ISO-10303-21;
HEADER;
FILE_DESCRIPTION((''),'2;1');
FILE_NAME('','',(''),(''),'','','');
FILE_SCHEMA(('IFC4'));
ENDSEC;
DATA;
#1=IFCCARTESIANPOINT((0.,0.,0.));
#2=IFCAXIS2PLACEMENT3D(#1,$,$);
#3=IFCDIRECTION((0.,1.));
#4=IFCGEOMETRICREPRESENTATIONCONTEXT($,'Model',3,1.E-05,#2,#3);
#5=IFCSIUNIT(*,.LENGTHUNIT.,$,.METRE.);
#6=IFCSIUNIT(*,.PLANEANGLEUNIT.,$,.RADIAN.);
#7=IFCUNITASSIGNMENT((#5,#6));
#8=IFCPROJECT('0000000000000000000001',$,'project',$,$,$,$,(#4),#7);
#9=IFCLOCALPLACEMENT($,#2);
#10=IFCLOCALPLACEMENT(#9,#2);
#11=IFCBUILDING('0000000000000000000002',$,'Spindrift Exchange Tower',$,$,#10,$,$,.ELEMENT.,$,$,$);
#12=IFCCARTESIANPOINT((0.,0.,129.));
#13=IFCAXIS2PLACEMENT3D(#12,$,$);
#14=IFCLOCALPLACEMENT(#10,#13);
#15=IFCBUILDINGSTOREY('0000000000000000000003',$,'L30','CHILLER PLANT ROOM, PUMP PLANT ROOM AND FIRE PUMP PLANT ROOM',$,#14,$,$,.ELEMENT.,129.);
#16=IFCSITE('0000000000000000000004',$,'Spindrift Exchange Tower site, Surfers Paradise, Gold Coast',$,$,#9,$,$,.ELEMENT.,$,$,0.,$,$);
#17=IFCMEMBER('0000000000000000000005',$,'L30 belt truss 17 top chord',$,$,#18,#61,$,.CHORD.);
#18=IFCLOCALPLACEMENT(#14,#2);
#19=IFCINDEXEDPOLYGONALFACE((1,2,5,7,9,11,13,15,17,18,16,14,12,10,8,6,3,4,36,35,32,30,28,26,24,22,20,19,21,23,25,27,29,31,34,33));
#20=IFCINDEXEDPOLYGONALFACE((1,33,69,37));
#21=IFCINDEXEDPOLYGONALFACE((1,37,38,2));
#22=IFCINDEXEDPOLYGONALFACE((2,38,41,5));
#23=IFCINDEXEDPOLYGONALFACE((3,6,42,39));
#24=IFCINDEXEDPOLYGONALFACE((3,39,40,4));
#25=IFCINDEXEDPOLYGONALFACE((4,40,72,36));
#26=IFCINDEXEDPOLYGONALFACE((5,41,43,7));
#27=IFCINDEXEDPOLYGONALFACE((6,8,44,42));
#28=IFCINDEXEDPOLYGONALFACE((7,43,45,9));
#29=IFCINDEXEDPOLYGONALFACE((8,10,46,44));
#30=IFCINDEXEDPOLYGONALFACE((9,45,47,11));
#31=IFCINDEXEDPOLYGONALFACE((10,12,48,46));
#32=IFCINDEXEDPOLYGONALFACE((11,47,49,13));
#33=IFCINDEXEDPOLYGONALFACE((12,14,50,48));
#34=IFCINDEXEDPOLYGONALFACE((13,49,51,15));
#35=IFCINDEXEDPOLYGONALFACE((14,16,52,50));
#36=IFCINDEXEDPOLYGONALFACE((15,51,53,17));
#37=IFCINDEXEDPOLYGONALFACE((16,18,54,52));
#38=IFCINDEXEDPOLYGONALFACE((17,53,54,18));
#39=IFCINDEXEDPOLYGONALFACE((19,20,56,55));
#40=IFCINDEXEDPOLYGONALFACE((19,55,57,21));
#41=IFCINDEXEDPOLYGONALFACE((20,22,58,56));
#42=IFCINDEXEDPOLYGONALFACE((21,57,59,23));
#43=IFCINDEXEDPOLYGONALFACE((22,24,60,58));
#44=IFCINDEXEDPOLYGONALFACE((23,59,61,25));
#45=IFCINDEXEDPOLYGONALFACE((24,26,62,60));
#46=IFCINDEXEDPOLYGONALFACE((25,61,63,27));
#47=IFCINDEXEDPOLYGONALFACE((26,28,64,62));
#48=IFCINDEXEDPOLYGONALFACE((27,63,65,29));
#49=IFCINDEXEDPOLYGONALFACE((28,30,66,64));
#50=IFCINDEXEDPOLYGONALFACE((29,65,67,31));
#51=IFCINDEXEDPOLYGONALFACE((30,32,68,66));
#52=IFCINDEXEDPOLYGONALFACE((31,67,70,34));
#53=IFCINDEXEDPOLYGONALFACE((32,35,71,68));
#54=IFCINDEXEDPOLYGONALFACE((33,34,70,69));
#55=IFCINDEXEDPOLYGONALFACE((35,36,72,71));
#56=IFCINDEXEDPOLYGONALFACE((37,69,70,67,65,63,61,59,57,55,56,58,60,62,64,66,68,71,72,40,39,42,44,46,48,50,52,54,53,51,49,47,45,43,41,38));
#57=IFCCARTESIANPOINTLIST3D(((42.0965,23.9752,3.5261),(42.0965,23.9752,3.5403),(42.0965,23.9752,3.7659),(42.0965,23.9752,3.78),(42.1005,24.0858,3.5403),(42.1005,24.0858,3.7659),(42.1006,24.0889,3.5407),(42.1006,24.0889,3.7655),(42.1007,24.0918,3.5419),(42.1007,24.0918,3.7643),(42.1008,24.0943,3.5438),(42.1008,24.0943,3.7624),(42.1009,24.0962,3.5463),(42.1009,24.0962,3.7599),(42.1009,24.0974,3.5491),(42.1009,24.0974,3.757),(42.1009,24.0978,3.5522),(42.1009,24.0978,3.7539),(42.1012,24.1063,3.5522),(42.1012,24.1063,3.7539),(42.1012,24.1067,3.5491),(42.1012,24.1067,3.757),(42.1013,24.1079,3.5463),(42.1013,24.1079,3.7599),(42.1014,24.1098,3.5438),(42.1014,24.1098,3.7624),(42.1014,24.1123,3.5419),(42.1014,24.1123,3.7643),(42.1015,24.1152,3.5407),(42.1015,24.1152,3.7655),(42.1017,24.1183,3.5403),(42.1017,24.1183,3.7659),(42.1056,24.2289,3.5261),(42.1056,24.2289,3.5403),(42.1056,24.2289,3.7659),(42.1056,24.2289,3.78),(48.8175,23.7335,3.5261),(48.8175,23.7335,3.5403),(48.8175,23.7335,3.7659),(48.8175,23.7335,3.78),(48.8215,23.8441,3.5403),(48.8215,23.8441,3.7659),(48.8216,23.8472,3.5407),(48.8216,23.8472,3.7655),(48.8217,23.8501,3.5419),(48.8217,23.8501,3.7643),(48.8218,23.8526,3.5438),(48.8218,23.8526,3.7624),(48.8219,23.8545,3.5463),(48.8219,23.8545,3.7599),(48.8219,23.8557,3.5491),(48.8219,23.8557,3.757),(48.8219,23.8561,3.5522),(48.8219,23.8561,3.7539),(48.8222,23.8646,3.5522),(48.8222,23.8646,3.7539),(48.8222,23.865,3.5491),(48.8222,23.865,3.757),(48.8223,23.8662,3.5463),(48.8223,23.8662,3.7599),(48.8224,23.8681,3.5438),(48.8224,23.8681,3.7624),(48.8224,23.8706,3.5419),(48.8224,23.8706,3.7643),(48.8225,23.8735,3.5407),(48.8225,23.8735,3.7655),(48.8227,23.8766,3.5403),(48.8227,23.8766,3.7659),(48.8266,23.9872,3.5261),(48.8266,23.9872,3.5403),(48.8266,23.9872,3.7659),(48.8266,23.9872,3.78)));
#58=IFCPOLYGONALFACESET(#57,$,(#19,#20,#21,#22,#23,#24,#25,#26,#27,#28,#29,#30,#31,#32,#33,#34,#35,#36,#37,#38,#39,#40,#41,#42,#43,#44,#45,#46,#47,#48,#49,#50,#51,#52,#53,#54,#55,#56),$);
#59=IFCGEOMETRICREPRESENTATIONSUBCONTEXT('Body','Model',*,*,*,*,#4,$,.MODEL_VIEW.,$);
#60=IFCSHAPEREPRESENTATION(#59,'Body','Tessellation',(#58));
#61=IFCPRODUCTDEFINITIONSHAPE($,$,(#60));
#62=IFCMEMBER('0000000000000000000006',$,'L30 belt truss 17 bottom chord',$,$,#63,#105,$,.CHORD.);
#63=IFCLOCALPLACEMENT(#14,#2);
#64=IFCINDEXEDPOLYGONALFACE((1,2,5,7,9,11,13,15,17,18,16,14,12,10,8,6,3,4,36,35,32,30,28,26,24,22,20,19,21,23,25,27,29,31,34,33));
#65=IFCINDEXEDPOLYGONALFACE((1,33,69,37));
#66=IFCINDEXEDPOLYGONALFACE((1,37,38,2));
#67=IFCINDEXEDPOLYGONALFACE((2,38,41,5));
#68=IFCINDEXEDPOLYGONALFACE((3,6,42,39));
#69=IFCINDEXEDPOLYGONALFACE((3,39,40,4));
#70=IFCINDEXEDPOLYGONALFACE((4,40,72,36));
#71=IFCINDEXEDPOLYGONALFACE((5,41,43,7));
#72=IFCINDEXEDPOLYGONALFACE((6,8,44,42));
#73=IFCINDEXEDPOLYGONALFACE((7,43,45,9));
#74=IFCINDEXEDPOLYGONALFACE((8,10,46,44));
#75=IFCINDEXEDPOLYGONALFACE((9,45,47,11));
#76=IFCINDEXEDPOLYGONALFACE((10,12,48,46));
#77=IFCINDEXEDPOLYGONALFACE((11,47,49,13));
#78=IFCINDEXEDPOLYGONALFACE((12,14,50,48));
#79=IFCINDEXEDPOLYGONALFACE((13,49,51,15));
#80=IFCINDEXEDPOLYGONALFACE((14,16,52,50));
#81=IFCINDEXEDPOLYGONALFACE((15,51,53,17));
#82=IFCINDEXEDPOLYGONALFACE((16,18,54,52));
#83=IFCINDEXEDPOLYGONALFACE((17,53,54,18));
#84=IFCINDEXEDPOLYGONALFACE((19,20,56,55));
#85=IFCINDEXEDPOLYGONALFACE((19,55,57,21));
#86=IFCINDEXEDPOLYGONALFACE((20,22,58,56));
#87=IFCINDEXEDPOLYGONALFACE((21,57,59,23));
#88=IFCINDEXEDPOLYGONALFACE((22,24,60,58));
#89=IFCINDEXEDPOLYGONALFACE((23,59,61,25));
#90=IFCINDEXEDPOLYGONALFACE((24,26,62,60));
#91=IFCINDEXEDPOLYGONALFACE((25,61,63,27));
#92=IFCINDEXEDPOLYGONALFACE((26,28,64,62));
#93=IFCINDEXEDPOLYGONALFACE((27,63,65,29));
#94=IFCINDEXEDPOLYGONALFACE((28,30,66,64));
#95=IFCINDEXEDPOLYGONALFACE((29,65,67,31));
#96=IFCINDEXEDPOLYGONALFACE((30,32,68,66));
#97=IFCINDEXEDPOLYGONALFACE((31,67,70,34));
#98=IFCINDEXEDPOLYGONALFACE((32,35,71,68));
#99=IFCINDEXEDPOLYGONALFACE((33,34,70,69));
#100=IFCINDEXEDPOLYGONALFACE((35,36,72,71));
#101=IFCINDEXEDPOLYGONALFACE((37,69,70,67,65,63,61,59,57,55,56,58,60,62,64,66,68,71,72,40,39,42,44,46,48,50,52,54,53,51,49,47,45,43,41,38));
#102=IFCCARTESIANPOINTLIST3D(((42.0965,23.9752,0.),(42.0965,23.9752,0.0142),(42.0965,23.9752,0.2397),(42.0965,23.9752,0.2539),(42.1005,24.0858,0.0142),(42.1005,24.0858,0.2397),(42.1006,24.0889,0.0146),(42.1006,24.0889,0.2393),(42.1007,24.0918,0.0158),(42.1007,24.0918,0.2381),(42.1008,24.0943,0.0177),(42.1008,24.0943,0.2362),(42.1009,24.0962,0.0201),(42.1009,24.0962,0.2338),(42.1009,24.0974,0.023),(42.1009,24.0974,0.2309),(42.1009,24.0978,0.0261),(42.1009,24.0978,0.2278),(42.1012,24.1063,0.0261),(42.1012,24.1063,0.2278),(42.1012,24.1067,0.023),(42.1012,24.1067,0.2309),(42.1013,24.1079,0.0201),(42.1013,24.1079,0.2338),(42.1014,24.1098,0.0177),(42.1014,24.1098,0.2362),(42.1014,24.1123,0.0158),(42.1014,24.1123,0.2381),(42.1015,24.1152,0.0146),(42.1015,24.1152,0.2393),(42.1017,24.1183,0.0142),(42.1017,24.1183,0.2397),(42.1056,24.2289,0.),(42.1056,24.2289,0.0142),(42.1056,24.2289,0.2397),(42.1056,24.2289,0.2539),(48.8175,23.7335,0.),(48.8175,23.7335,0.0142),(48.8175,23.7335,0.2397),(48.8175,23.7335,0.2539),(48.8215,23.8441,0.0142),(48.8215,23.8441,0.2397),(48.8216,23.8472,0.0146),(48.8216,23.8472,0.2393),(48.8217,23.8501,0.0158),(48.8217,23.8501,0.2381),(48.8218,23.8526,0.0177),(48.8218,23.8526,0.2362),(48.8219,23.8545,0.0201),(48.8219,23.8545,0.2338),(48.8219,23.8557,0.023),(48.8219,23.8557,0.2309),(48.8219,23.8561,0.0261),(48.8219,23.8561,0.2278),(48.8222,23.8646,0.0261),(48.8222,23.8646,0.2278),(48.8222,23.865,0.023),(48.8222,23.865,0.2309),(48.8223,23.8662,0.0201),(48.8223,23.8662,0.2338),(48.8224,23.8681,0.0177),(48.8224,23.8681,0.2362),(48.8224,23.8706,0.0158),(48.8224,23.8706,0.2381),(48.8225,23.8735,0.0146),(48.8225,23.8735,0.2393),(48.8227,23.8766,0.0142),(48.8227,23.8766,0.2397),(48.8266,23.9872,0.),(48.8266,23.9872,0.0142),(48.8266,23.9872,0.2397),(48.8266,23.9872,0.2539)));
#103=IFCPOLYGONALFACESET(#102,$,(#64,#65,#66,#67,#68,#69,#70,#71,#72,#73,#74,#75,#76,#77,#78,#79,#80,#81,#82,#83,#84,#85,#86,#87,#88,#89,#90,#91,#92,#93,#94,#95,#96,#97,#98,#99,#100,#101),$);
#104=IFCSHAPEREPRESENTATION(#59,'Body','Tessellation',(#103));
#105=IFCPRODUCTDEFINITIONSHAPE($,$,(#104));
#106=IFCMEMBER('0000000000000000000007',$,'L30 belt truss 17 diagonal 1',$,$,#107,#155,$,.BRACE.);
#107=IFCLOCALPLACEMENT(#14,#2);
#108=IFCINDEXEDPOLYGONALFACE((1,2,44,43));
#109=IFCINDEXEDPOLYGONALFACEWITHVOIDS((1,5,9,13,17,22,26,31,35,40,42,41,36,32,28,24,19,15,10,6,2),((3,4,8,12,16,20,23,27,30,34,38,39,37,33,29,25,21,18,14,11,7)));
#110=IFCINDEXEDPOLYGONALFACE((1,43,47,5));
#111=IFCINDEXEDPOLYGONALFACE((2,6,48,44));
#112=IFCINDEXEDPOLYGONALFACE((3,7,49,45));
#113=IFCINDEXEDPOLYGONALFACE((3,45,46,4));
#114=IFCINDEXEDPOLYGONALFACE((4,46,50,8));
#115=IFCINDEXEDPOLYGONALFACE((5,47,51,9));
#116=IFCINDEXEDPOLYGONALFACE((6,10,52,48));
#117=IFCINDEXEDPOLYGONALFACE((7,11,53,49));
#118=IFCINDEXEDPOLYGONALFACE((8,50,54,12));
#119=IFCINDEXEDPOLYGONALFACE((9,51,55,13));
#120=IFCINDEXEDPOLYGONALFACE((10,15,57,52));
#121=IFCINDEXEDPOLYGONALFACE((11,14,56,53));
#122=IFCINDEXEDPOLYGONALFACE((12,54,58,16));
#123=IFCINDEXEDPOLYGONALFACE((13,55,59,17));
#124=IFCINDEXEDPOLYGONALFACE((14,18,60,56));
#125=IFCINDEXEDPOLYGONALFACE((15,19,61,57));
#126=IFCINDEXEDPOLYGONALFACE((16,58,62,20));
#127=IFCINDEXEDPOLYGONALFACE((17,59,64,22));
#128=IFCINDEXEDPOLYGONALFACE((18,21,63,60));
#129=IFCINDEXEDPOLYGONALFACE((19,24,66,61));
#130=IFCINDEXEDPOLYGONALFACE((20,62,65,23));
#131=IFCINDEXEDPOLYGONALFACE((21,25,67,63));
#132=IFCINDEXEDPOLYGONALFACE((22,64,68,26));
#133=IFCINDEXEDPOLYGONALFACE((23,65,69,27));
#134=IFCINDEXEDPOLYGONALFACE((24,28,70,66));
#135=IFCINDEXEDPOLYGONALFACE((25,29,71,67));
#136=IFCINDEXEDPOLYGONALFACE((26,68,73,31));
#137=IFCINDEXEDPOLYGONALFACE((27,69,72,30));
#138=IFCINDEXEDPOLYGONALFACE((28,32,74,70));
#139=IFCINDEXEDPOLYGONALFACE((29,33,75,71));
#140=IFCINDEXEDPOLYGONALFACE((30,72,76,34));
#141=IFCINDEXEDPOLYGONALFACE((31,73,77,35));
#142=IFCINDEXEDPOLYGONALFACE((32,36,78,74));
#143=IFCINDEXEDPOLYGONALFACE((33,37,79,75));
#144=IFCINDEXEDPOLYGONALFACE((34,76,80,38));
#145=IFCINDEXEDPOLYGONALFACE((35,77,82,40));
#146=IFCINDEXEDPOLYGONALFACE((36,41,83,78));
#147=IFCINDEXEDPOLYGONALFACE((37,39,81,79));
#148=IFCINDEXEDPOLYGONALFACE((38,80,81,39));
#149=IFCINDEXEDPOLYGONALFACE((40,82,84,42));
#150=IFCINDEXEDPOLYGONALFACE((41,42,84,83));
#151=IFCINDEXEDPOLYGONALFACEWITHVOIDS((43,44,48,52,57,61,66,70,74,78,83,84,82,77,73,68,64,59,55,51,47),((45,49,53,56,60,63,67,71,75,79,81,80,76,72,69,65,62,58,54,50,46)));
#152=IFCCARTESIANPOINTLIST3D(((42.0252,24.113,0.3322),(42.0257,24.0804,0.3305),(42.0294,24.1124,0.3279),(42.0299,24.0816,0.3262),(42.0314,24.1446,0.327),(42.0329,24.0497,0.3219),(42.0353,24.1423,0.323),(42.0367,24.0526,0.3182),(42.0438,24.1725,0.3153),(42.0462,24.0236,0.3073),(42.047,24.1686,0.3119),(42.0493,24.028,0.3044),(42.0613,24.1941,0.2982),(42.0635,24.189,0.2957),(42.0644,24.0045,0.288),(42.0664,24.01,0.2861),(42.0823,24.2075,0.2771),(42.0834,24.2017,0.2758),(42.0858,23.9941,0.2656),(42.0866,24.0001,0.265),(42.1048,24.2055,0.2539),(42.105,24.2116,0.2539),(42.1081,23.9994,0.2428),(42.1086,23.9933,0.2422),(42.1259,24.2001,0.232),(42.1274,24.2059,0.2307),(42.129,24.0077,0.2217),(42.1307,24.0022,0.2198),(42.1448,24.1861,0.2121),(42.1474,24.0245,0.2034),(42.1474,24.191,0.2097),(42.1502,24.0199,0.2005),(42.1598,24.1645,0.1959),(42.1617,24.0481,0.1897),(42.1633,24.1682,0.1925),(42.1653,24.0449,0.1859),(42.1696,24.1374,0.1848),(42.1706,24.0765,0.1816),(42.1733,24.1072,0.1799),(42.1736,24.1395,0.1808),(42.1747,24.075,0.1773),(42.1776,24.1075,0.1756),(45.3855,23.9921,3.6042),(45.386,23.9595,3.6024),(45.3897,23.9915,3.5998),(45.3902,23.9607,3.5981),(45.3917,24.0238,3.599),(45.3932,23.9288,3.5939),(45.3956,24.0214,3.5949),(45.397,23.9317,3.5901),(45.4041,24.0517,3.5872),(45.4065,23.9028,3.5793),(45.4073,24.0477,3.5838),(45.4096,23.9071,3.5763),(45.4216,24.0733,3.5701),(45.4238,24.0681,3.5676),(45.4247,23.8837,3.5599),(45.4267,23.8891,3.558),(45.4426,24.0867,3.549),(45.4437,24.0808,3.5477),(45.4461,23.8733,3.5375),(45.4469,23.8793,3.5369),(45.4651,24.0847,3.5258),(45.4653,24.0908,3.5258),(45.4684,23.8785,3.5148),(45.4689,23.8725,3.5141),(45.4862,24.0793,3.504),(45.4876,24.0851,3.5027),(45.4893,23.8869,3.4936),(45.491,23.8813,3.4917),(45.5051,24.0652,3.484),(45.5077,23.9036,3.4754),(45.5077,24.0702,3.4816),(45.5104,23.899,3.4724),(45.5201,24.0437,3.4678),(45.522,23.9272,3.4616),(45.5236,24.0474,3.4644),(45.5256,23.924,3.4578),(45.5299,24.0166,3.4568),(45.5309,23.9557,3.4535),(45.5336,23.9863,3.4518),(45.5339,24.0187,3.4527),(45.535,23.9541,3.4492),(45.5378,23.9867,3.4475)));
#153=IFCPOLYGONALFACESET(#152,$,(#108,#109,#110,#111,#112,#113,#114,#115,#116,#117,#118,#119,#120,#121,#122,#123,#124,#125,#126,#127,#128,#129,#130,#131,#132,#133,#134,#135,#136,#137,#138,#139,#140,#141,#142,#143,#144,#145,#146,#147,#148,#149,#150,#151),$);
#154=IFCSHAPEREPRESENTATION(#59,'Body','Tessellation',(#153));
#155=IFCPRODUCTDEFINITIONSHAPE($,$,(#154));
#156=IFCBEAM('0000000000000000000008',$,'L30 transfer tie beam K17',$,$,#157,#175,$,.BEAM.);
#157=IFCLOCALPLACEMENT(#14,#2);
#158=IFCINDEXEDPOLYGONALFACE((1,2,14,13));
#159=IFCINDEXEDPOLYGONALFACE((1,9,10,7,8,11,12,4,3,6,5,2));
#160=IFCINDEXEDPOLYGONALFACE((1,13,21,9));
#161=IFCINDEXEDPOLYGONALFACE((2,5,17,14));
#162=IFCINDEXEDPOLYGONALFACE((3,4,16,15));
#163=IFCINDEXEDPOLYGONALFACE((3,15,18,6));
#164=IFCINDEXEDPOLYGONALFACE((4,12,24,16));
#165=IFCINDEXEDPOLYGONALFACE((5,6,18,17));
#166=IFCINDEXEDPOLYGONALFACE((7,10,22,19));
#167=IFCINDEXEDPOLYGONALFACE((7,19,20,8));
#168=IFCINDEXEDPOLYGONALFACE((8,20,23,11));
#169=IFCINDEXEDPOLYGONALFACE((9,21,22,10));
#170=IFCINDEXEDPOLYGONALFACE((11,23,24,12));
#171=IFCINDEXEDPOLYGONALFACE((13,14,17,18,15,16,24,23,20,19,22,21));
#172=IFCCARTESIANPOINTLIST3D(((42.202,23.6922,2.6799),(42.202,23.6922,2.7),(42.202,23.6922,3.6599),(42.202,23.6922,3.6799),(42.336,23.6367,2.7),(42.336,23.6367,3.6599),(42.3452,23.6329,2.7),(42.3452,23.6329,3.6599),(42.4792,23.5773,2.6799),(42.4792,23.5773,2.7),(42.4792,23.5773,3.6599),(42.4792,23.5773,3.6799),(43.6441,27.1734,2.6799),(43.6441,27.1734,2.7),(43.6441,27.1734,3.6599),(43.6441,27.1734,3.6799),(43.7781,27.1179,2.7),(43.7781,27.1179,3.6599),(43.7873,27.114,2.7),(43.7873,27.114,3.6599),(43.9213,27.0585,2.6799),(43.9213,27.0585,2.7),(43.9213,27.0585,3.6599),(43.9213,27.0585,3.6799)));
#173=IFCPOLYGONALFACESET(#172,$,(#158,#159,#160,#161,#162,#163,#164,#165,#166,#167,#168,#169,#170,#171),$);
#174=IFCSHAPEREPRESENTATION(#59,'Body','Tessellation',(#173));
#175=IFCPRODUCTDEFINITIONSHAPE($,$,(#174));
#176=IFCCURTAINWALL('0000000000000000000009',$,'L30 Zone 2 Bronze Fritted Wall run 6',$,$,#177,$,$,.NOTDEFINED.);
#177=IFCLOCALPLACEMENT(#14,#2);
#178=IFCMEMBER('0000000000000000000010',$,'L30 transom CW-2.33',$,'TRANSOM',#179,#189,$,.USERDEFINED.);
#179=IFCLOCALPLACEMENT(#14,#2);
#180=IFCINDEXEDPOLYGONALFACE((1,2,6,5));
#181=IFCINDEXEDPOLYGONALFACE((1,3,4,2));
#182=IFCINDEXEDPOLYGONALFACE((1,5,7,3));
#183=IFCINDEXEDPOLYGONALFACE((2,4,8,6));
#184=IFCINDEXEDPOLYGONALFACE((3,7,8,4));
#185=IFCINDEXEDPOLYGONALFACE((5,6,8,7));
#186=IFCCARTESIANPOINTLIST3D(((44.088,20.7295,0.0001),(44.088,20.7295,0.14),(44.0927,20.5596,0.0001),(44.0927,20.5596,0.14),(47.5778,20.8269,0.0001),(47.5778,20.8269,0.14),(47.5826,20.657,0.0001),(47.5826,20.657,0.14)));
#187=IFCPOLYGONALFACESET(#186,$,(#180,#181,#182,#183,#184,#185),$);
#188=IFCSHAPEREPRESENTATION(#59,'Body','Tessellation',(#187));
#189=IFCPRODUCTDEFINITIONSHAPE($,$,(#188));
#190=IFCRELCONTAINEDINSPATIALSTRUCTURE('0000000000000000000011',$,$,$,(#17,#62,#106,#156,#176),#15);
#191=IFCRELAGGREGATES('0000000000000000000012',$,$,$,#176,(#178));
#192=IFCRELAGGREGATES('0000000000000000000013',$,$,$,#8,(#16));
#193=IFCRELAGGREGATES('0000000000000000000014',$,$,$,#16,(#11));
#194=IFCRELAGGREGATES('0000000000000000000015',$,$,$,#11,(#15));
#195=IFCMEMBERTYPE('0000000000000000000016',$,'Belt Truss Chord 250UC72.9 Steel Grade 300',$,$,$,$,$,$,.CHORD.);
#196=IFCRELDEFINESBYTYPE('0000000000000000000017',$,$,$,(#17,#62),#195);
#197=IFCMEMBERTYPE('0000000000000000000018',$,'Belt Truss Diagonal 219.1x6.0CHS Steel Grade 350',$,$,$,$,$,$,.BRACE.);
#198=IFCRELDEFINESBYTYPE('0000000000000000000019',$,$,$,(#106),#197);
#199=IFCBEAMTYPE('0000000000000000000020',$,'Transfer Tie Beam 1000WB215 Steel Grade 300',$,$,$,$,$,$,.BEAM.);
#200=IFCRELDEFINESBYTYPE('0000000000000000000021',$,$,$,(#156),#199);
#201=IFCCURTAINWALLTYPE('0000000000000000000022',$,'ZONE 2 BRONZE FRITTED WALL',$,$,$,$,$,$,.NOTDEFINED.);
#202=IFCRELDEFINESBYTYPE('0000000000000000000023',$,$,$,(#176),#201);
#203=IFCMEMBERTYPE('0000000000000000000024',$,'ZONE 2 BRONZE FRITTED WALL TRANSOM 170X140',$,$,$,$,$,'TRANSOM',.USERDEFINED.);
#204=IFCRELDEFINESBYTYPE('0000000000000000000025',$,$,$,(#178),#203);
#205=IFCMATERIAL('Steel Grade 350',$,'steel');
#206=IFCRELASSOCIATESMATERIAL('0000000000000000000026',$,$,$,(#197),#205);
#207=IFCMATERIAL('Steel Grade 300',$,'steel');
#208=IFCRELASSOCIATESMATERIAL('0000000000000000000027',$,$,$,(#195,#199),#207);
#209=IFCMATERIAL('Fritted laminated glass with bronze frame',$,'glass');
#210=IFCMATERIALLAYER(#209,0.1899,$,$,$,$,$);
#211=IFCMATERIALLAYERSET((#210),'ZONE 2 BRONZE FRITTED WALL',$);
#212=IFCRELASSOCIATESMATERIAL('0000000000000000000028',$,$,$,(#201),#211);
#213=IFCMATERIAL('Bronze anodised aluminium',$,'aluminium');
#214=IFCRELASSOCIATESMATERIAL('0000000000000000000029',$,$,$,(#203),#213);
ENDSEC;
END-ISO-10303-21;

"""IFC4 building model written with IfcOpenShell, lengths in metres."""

from ifc_helpers import new_model, si_unit, direction, frame, origin, origin_2d, place, context, subcontext, project, spatial, rectangle, hollow_circle, i_section, extrude, source, transform, mapped, material, layer, layer_set, material_profile, profile_set, type_object, element, aggregate, save


model = new_model("IFC4")

# Units and contexts
model_context = context("Model", 3, precision=1e-05, world=origin(), true_north=direction((0.0, 1.0)))
body_context = subcontext(model_context, "Body", "Model", "MODEL_VIEW")
ifc_project = project(units=[si_unit("LENGTHUNIT", "METRE"), si_unit("PLANEANGLEUNIT", "RADIAN")], contexts=[model_context])

# Site, building, storey
site_placement = place(None, origin())
site = spatial("IfcSite", under=ifc_project, at=site_placement, Name="Spindrift Exchange Tower site, Surfers Paradise, Gold Coast", CompositionType="ELEMENT", RefElevation=0.0)
building_placement = place(site_placement, origin())
building = spatial("IfcBuilding", under=site, at=building_placement, Name="Spindrift Exchange Tower", CompositionType="ELEMENT")
storey_placement = place(building_placement, frame((0.0, 0.0, 129.0)))
storey = spatial("IfcBuildingStorey", under=building, at=storey_placement, Name="L30", Description="CHILLER PLANT ROOM, PUMP PLANT ROOM AND FIRE PUMP PLANT ROOM", CompositionType="ELEMENT", Elevation=129.0)

# Shared definitions
ifc_material_1 = material(Name="Steel Grade 300", Category="steel")

# Members
ifc_material_2 = material(Name="Steel Grade 350", Category="steel")
ifc_material_profile_1 = material_profile(ifc_material_2, hollow_circle(Radius=0.1096, WallThickness=0.0061, at=origin_2d()), Name="219.1x6.0CHS")
ifc_profile_set_1 = profile_set([ifc_material_profile_1], Name="Steel Grade 350")
member_type_1 = type_object("IfcMemberType", Name="Belt Truss Diagonal 219.1x6.0CHS Steel Grade 350", PredefinedType="BRACE", material=ifc_profile_set_1)
ifc_material_profile_2 = material_profile(ifc_material_1, i_section(OverallWidth=0.2539, OverallDepth=0.2539, WebThickness=0.0085, FlangeThickness=0.0142, FilletRadius=0.012, at=origin_2d()), Name="250UC72.9")
ifc_profile_set_2 = profile_set([ifc_material_profile_2], Name="Steel Grade 300")
member_type_2 = type_object("IfcMemberType", Name="Belt Truss Chord 250UC72.9 Steel Grade 300", PredefinedType="CHORD", material=ifc_profile_set_2)
shared_shape_1 = source(origin(), body_context, "Body", "SweptSolid", [
    extrude(i_section(OverallWidth=0.2539, OverallDepth=0.2539, WebThickness=0.0085, FlangeThickness=0.0142, FilletRadius=0.012, at=origin_2d()), origin(), (0.0, 0.0, 1.0), 6.7253),
])
for number, where, z_axis, x_axis, name in (
    (1, (42.1011, 24.1021, 3.6531), (0.999354, -0.035939, 0.0), (0.035939, 0.999354, 0.0), "L30 belt truss 17 top chord"),
    (2, (42.1011, 24.1021, 0.127), (0.999354, -0.035939, 0.0), (0.035939, 0.999354, 0.0), "L30 belt truss 17 bottom chord"),
):
    element("IfcMember", number, at=place(storey_placement, frame(where, z_axis=z_axis, x_axis=x_axis)), inside=storey, type_object=member_type_2, Name=name, PredefinedType="CHORD", context=body_context, shape_type="MappedRepresentation", body=[
        mapped(shared_shape_1, transform((0.0, 0.0, 0.0), scale=1.0)),
    ])
shared_shape_2 = source(origin(), body_context, "Body", "SweptSolid", [
    extrude(hollow_circle(Radius=0.1096, WallThickness=0.0061, at=origin_2d()), origin(), (0.0, 0.0, 1.0), 4.6917),
])
member_1_placement = place(storey_placement, frame((42.1011, 24.1021, 0.2539), z_axis=(0.716228, -0.025758, 0.697391), x_axis=(0.03594, 0.999354, 0.0)))
element("IfcMember", 3, at=member_1_placement, inside=storey, type_object=member_type_1, Name="L30 belt truss 17 diagonal 1", PredefinedType="BRACE", context=body_context, shape_type="MappedRepresentation", body=[
    mapped(shared_shape_2, transform((0.0, 0.0, 0.0), scale=1.0)),
])

# Beam
ifc_material_profile_3 = material_profile(ifc_material_1, i_section(OverallWidth=0.3, OverallDepth=1.0, WebThickness=0.01, FlangeThickness=0.02, at=origin_2d()), Name="1000WB215")
ifc_profile_set_3 = profile_set([ifc_material_profile_3], Name="Steel Grade 300")
beam_type_1 = type_object("IfcBeamType", Name="Transfer Tie Beam 1000WB215 Steel Grade 300", PredefinedType="BEAM", material=ifc_profile_set_3)
shared_shape_3 = source(origin(), body_context, "Body", "SweptSolid", [
    extrude(i_section(OverallWidth=0.3, OverallDepth=1.0, WebThickness=0.01, FlangeThickness=0.02, at=origin_2d()), origin(), (0.0, 0.0, 1.0), 3.7681),
])
beam_1_placement = place(storey_placement, frame((42.3406, 23.6348, 3.1799), z_axis=(0.382724, 0.923863, 0.0), x_axis=(-0.923863, 0.382724, 0.0)))
element("IfcBeam", 4, at=beam_1_placement, inside=storey, type_object=beam_type_1, Name="L30 transfer tie beam K17", PredefinedType="BEAM", context=body_context, shape_type="MappedRepresentation", body=[
    mapped(shared_shape_3, transform((0.0, 0.0, 0.0), scale=1.0)),
])

# Curtain wall, member
ifc_material_3 = material(Name="Fritted laminated glass with bronze frame", Category="glass")
ifc_layer_1 = layer(ifc_material_3, 0.1899)
ifc_layer_set_1 = layer_set([ifc_layer_1], Name="ZONE 2 BRONZE FRITTED WALL")
curtain_wall_type = type_object("IfcCurtainWallType", Name="ZONE 2 BRONZE FRITTED WALL", PredefinedType="NOTDEFINED", material=ifc_layer_set_1)
curtain_wall_placement = place(storey_placement, origin())
curtain_wall = element("IfcCurtainWall", 5, at=curtain_wall_placement, inside=storey, type_object=curtain_wall_type, Name="L30 Zone 2 Bronze Fritted Wall run 6", PredefinedType="NOTDEFINED")
ifc_material_4 = material(Name="Bronze anodised aluminium", Category="aluminium")
ifc_material_profile_4 = material_profile(ifc_material_4, rectangle(XDim=0.1699, YDim=0.1399, at=origin_2d()), Name="ZONE 2 BRONZE FRITTED WALL TRANSOM 170X140")
ifc_profile_set_4 = profile_set([ifc_material_profile_4], Name="Bronze anodised aluminium")
member_type_3 = type_object("IfcMemberType", Name="ZONE 2 BRONZE FRITTED WALL TRANSOM 170X140", ElementType="TRANSOM", PredefinedType="USERDEFINED", material=ifc_profile_set_4)
shared_shape_4 = source(origin(), body_context, "Body", "SweptSolid", [
    extrude(rectangle(XDim=0.1699, YDim=0.1399, at=origin_2d()), origin(), (0.0, 0.0, 1.0), 3.4912),
])
member_2_placement = place(storey_placement, frame((44.0903, 20.6445, 0.0701), z_axis=(0.999611, 0.027903, 0.0), x_axis=(-0.027903, 0.999611, 0.0)))
member_2 = element("IfcMember", 6, at=member_2_placement, type_object=member_type_3, Name="L30 transom CW-2.33", ObjectType="TRANSOM", PredefinedType="USERDEFINED", context=body_context, shape_type="MappedRepresentation", body=[
    mapped(shared_shape_4, transform((0.0, 0.0, 0.0), scale=1.0)),
])
aggregate(curtain_wall, [member_2])

save(model, "model.ifc")
